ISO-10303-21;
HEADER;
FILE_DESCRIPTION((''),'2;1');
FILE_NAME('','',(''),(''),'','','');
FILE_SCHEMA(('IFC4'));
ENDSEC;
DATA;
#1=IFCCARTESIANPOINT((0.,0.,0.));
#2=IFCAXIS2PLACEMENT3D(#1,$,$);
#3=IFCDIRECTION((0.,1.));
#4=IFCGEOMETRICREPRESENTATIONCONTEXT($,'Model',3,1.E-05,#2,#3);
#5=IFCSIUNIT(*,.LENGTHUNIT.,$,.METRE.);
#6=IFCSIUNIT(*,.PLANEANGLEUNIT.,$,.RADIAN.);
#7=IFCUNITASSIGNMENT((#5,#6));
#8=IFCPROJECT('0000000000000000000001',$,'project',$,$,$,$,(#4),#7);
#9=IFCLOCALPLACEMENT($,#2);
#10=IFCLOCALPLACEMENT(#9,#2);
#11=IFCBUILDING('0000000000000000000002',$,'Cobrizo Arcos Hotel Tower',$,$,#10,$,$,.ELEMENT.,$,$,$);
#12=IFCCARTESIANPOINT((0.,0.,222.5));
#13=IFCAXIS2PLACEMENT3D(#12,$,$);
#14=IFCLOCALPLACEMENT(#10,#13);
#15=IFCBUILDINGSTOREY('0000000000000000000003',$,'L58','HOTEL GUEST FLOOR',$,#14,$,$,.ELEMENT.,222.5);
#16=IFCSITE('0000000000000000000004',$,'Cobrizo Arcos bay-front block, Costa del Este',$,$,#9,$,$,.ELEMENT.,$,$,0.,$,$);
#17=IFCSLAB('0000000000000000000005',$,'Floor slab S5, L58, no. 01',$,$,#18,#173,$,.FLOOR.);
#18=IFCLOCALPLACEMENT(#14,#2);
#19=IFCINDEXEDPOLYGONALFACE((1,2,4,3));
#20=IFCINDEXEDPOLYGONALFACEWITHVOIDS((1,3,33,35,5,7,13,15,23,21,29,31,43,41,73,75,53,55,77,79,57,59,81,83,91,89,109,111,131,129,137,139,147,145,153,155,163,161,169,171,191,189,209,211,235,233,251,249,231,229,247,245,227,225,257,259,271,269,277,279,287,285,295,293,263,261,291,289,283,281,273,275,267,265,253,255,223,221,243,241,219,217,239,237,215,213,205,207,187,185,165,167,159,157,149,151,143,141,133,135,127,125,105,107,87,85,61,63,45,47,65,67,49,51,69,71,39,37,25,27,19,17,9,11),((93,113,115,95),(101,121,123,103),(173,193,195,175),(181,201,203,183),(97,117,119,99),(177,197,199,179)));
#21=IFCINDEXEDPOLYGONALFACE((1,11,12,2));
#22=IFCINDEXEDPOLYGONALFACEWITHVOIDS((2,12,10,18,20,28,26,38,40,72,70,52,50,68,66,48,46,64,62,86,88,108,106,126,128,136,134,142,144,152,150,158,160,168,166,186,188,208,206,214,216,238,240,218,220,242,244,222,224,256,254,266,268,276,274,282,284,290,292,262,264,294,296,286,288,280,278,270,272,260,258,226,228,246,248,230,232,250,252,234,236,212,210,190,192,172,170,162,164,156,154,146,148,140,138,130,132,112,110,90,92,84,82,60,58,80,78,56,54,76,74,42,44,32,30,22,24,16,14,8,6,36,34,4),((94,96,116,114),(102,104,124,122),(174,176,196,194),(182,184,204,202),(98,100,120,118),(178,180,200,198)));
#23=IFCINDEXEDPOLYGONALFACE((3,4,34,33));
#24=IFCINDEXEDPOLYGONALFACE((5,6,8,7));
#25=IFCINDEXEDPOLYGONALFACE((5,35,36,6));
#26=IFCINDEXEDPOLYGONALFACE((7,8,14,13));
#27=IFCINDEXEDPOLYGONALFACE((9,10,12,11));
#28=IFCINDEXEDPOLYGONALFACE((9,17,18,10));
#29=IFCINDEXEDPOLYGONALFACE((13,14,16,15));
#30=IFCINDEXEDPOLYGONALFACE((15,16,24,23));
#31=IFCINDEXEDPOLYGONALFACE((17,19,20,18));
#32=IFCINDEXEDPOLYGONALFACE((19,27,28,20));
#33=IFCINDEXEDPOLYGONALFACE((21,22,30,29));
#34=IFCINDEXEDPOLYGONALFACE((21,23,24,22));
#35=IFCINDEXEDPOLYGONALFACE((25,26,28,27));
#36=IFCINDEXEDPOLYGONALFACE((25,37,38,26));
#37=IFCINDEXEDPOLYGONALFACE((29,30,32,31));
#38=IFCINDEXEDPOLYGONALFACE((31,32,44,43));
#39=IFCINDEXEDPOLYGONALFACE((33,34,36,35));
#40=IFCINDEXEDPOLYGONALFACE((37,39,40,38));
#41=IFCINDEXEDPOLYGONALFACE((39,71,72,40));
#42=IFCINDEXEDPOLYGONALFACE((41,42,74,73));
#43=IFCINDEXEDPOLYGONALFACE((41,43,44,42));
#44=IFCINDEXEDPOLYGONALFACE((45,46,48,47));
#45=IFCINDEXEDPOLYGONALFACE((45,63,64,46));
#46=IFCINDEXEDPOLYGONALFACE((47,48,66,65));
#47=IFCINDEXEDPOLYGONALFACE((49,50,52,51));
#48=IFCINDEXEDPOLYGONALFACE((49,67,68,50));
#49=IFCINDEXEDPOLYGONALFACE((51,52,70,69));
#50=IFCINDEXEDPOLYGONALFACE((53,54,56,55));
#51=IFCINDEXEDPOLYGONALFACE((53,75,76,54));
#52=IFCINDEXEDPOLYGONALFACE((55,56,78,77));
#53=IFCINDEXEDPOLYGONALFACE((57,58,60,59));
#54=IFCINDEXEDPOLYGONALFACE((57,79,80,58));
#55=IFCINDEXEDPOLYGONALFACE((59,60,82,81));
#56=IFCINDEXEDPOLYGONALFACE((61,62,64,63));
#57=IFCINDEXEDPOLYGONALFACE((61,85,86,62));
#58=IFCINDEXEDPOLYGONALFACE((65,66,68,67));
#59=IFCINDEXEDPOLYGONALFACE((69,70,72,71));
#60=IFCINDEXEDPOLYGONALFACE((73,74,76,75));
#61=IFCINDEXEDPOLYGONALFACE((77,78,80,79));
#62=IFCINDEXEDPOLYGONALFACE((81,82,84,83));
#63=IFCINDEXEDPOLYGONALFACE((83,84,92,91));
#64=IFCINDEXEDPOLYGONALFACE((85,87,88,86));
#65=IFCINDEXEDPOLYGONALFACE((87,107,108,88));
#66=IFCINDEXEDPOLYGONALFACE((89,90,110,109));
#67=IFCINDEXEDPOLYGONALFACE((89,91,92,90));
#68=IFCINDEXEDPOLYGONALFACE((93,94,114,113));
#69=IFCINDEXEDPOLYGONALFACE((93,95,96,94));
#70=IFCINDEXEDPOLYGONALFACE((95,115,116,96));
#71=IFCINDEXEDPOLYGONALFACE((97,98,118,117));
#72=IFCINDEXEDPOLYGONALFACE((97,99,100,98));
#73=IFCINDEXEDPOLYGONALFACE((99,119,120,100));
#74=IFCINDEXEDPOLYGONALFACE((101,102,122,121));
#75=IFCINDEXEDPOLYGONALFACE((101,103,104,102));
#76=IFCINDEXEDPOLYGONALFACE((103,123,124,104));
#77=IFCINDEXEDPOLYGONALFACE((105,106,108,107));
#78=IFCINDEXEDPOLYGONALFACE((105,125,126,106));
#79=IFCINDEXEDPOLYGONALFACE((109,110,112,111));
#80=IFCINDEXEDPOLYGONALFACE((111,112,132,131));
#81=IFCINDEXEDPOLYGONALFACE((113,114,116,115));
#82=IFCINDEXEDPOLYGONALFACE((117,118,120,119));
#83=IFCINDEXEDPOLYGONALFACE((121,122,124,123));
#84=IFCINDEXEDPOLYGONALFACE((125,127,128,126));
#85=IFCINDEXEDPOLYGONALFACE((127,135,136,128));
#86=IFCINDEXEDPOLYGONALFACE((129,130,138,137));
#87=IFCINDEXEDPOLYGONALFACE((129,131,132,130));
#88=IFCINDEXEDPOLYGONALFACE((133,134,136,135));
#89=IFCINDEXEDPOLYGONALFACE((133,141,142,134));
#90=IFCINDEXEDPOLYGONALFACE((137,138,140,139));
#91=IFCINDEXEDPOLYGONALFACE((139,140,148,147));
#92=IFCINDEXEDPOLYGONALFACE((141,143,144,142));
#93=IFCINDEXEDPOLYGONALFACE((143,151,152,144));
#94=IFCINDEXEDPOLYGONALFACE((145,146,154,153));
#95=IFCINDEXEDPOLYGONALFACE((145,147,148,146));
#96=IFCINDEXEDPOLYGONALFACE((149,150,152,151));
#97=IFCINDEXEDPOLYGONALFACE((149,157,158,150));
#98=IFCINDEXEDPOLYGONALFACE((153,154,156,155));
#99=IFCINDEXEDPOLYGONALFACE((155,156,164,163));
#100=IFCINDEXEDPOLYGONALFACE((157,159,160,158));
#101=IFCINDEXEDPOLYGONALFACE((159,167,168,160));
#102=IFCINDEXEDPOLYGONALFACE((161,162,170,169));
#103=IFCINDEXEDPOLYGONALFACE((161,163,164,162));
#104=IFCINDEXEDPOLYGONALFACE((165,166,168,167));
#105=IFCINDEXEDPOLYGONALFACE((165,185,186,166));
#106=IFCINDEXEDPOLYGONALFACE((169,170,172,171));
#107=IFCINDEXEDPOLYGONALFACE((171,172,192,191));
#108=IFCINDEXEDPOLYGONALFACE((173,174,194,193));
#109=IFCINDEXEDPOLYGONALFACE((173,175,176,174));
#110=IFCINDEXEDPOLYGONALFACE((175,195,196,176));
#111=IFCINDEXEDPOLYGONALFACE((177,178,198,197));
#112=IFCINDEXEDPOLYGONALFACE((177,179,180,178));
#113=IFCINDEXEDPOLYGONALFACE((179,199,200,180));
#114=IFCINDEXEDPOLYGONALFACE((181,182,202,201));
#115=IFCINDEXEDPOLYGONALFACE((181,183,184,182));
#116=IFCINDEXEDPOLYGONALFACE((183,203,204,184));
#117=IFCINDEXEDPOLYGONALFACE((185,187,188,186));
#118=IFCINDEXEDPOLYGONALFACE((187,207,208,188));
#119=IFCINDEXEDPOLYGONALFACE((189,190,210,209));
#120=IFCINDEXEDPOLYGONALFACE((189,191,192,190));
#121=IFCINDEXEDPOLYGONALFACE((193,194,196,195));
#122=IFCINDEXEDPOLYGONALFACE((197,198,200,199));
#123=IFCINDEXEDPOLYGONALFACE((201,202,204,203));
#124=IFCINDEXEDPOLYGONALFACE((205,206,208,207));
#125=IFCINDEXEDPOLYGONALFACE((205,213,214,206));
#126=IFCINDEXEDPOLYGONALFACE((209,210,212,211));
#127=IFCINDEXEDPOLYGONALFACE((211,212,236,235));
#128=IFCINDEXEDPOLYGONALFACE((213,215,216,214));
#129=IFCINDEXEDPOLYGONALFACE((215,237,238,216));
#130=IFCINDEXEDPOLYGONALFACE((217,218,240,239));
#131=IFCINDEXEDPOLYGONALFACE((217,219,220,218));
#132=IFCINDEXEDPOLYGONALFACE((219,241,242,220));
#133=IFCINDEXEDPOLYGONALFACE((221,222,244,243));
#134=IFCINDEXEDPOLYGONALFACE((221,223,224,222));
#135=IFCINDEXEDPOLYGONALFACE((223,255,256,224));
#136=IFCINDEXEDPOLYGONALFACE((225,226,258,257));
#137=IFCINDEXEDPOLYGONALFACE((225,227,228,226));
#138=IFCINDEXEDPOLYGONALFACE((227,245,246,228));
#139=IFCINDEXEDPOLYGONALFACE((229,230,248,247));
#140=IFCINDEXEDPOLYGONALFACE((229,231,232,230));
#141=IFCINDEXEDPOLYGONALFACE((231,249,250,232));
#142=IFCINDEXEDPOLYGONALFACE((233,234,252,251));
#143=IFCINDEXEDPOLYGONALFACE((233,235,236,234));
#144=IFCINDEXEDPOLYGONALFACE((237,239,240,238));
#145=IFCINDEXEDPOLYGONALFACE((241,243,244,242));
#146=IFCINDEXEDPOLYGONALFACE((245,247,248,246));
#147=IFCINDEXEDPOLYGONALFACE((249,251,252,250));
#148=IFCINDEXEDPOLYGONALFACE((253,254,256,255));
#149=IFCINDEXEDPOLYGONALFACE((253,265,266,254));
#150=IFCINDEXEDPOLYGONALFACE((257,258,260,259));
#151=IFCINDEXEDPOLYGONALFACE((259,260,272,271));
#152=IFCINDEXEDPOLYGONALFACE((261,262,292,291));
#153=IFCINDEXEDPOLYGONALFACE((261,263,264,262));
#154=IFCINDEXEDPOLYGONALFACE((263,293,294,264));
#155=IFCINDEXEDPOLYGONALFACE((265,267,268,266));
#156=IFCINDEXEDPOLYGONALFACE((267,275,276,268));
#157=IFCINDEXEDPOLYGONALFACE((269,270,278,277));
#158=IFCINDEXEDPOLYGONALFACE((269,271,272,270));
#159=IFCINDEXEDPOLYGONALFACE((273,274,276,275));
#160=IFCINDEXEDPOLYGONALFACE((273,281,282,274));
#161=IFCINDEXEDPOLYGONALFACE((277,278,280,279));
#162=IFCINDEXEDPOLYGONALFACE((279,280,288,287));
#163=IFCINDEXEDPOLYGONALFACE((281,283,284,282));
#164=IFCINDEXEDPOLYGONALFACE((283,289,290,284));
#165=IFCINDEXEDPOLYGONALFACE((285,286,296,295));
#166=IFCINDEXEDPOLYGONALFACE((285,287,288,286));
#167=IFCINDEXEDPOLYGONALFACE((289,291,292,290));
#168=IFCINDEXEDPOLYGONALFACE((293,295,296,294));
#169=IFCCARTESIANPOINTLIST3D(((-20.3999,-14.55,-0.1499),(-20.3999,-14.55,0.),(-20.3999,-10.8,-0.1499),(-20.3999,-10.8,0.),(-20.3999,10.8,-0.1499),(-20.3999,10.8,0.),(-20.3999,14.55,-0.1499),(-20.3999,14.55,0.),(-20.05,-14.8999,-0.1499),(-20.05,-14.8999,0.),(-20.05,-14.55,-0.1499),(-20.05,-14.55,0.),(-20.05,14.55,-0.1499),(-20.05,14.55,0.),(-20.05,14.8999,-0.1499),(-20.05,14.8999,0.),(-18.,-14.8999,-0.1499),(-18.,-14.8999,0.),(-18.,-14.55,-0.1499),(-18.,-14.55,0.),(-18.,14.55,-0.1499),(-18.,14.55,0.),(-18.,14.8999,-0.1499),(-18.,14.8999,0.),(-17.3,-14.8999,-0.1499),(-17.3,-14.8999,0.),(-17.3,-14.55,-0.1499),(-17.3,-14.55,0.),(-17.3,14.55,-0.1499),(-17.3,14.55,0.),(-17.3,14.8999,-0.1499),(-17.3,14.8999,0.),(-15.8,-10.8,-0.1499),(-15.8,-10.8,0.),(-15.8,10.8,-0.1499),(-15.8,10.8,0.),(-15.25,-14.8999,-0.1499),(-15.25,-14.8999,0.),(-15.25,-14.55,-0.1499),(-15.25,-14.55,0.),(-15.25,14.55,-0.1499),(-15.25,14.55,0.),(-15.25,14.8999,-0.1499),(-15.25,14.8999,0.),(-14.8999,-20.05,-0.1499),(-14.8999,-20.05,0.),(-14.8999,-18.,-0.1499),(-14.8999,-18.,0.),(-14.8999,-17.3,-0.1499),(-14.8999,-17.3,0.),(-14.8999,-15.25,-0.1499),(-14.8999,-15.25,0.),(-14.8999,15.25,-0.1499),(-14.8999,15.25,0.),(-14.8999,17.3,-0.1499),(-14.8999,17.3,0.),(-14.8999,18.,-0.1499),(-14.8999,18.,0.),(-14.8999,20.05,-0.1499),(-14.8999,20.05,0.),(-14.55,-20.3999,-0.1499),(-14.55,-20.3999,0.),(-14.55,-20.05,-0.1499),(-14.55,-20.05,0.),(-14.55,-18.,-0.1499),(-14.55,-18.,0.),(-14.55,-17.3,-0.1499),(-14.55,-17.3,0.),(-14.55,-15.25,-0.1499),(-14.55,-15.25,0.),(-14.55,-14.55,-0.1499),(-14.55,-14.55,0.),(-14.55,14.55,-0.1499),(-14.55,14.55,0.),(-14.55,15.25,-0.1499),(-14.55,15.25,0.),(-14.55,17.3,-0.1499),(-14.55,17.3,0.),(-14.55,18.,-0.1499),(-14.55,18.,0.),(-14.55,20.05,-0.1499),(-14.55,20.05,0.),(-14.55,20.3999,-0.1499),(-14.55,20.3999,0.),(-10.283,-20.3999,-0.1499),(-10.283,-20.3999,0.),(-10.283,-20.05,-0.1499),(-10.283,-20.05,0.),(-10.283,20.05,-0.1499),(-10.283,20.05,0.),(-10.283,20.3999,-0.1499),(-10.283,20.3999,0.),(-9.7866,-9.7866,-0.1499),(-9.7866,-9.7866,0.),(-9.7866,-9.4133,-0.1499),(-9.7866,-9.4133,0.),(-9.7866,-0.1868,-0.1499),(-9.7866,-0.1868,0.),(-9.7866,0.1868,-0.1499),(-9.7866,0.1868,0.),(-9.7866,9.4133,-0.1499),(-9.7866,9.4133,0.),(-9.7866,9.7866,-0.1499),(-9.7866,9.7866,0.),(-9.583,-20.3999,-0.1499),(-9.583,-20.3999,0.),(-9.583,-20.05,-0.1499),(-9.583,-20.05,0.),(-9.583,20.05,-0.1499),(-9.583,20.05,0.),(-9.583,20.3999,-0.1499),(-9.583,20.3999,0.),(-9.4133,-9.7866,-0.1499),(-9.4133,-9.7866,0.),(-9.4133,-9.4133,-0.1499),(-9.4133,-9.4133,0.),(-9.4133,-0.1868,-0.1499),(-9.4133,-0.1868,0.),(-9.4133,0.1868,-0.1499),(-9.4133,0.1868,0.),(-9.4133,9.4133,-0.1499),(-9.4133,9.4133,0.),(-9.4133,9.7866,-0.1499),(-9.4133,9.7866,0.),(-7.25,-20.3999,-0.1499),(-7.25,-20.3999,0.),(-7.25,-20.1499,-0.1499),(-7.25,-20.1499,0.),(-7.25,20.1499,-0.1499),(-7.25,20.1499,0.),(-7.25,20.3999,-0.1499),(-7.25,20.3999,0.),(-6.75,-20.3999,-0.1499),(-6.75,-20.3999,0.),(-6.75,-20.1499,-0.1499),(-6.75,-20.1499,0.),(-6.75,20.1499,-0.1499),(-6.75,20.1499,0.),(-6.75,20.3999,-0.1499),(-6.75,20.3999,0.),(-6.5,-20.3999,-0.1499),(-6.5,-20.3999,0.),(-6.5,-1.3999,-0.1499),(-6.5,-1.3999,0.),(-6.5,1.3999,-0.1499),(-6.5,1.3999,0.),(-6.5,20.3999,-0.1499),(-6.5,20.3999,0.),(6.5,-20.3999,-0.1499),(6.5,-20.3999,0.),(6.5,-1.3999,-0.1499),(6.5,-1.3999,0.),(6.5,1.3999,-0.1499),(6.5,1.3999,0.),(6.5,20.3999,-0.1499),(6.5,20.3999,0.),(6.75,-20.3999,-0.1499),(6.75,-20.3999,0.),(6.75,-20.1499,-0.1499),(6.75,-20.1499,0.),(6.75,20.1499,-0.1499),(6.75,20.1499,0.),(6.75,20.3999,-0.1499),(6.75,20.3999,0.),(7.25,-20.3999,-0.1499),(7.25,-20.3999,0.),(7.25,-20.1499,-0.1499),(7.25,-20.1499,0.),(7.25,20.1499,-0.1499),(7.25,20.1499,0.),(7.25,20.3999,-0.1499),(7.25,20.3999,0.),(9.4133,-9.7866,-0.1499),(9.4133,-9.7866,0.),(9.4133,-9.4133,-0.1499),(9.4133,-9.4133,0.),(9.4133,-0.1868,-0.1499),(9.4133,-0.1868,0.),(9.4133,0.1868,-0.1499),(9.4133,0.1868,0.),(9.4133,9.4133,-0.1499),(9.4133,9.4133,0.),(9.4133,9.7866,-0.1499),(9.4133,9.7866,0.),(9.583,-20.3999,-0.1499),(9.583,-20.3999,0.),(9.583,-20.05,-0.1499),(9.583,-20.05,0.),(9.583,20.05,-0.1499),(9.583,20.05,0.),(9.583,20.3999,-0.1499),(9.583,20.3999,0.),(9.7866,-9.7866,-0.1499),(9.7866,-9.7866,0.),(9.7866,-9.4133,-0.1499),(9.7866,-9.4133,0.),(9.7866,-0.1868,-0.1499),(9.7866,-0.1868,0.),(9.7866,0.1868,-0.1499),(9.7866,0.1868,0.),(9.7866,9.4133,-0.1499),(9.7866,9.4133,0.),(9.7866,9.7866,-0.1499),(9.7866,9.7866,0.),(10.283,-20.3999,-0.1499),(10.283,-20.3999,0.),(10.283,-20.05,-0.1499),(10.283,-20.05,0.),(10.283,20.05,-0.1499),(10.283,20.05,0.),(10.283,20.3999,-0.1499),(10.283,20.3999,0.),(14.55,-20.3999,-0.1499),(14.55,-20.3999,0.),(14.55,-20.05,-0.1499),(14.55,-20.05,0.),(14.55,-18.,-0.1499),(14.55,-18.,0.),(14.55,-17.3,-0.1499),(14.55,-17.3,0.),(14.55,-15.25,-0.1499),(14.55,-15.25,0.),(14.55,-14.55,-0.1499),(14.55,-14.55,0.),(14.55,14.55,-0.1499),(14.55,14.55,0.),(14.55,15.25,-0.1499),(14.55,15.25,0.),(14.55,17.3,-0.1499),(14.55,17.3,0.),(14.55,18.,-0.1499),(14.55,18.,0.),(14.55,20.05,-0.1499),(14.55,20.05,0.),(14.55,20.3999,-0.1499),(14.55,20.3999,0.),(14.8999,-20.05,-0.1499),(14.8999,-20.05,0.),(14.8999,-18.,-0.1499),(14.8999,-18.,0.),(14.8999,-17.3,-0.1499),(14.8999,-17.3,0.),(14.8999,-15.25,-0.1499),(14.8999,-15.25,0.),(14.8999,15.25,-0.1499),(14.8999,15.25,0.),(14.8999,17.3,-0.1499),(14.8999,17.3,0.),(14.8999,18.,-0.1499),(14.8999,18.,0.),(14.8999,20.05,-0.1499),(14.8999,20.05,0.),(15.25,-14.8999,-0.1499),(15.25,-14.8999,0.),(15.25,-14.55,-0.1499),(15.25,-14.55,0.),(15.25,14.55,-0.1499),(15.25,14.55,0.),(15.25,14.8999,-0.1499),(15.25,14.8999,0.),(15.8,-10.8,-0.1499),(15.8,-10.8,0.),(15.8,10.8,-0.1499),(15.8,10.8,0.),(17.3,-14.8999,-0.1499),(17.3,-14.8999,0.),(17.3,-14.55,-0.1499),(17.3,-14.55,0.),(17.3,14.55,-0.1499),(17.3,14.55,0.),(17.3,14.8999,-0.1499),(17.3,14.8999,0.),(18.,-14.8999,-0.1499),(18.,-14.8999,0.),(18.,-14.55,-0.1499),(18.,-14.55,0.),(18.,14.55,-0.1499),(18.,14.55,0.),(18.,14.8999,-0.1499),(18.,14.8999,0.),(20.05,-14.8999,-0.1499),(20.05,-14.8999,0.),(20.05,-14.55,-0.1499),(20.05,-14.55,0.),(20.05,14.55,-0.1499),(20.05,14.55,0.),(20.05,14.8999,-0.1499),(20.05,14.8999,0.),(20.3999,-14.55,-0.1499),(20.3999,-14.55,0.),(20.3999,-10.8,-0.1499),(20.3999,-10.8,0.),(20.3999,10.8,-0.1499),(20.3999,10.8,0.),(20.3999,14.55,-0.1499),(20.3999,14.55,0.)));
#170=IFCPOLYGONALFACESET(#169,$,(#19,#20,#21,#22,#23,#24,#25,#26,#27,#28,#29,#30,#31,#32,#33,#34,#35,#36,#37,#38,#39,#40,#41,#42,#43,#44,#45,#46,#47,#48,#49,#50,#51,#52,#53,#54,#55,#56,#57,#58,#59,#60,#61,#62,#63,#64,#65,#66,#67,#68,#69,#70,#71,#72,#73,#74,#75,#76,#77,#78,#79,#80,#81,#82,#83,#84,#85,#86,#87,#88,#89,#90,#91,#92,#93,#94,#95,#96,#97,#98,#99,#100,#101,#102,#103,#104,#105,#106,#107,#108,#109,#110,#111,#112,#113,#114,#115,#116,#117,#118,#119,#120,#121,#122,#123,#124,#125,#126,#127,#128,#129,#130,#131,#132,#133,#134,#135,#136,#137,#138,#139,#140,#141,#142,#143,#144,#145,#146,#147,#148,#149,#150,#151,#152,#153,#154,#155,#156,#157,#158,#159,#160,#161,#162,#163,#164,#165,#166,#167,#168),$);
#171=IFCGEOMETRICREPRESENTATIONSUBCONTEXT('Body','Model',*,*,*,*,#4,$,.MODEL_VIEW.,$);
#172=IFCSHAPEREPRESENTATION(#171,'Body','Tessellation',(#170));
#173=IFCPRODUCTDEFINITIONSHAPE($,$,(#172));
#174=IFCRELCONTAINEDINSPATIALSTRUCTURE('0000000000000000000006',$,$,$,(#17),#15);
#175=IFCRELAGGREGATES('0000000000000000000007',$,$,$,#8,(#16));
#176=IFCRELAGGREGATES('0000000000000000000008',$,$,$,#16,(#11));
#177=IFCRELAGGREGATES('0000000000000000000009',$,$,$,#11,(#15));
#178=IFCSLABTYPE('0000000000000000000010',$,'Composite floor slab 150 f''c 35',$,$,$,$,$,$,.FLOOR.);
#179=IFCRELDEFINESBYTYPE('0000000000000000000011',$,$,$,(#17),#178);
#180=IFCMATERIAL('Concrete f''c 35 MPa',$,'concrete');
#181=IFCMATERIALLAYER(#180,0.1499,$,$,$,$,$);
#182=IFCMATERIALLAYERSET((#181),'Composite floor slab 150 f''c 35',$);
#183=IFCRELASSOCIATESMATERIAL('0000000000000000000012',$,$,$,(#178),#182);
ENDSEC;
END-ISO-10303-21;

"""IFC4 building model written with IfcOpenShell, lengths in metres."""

from ifc_helpers import new_model, si_unit, direction, frame, origin, place, context, subcontext, project, spatial, polyline, outline, extrude, material, layer, layer_set, type_object, element, save


model = new_model("IFC4")

# Units and contexts
model_context = context("Model", 3, precision=1e-05, world=origin(), true_north=direction((0.0, 1.0)))
body_context = subcontext(model_context, "Body", "Model", "MODEL_VIEW")
ifc_project = project(units=[si_unit("LENGTHUNIT", "METRE"), si_unit("PLANEANGLEUNIT", "RADIAN")], contexts=[model_context])

# Site, building, storey
site_placement = place(None, origin())
site = spatial("IfcSite", under=ifc_project, at=site_placement, Name="Cobrizo Arcos bay-front block, Costa del Este", CompositionType="ELEMENT", RefElevation=0.0)
building_placement = place(site_placement, origin())
building = spatial("IfcBuilding", under=site, at=building_placement, Name="Cobrizo Arcos Hotel Tower", CompositionType="ELEMENT")
storey_placement = place(building_placement, frame((0.0, 0.0, 222.5)))
storey = spatial("IfcBuildingStorey", under=building, at=storey_placement, Name="L58", Description="HOTEL GUEST FLOOR", CompositionType="ELEMENT", Elevation=222.5)

# Slab
ifc_material_1 = material(Name="Concrete f'c 35 MPa", Category="concrete")
ifc_layer_1 = layer(ifc_material_1, 0.1499)
ifc_layer_set_1 = layer_set([ifc_layer_1], Name="Composite floor slab 150 f'c 35")
slab_type_1 = type_object("IfcSlabType", Name="Composite floor slab 150 f'c 35", PredefinedType="FLOOR", material=ifc_layer_set_1)
slab_1_placement = place(storey_placement, frame((0.0, 0.0, -0.1499)))
element("IfcSlab", 1, at=slab_1_placement, inside=storey, type_object=slab_type_1, Name="Floor slab S5, L58, no. 01", PredefinedType="FLOOR", context=body_context, shape_type="SweptSolid", body=[
    extrude(outline(polyline([(17.3, 14.8999), (17.3, 14.55), (18.0, 14.55), (18.0, 14.8999), (20.05, 14.8999), (20.05, 14.55), (20.3999, 14.55), (20.3999, 10.8), (15.8, 10.8), (15.8, -10.8), (20.3999, -10.8), (20.3999, -14.55), (20.05, -14.55), (20.05, -14.8999), (18.0, -14.8999), (18.0, -14.55), (17.3, -14.55), (17.3, -14.8999), (15.25, -14.8999), (15.25, -14.55), (14.55, -14.55), (14.55, -15.25), (14.8999, -15.25), (14.8999, -17.3), (14.55, -17.3), (14.55, -18.0), (14.8999, -18.0), (14.8999, -20.05), (14.55, -20.05), (14.55, -20.3999), (10.283, -20.3999), (10.283, -20.05), (9.583, -20.05), (9.583, -20.3999), (7.25, -20.3999), (7.25, -20.1499), (6.75, -20.1499), (6.75, -20.3999), (6.5, -20.3999), (6.5, -1.3999), (-6.5, -1.3999), (-6.5, -20.3999), (-6.75, -20.3999), (-6.75, -20.1499), (-7.25, -20.1499), (-7.25, -20.3999), (-9.583, -20.3999), (-9.583, -20.05), (-10.283, -20.05), (-10.283, -20.3999), (-14.55, -20.3999), (-14.55, -20.05), (-14.8999, -20.05), (-14.8999, -18.0), (-14.55, -18.0), (-14.55, -17.3), (-14.8999, -17.3), (-14.8999, -15.25), (-14.55, -15.25), (-14.55, -14.55), (-15.25, -14.55), (-15.25, -14.8999), (-17.3, -14.8999), (-17.3, -14.55), (-18.0, -14.55), (-18.0, -14.8999), (-20.05, -14.8999), (-20.05, -14.55), (-20.3999, -14.55), (-20.3999, -10.8), (-15.8, -10.8), (-15.8, 10.8), (-20.3999, 10.8), (-20.3999, 14.55), (-20.05, 14.55), (-20.05, 14.8999), (-18.0, 14.8999), (-18.0, 14.55), (-17.3, 14.55), (-17.3, 14.8999), (-15.25, 14.8999), (-15.25, 14.55), (-14.55, 14.55), (-14.55, 15.25), (-14.8999, 15.25), (-14.8999, 17.3), (-14.55, 17.3), (-14.55, 18.0), (-14.8999, 18.0), (-14.8999, 20.05), (-14.55, 20.05), (-14.55, 20.3999), (-10.283, 20.3999), (-10.283, 20.05), (-9.583, 20.05), (-9.583, 20.3999), (-7.25, 20.3999), (-7.25, 20.1499), (-6.75, 20.1499), (-6.75, 20.3999), (-6.5, 20.3999), (-6.5, 1.3999), (6.5, 1.3999), (6.5, 20.3999), (6.75, 20.3999), (6.75, 20.1499), (7.25, 20.1499), (7.25, 20.3999), (9.583, 20.3999), (9.583, 20.05), (10.283, 20.05), (10.283, 20.3999), (14.55, 20.3999), (14.55, 20.05), (14.8999, 20.05), (14.8999, 18.0), (14.55, 18.0), (14.55, 17.3), (14.8999, 17.3), (14.8999, 15.25), (14.55, 15.25), (14.55, 14.55), (15.25, 14.55), (15.25, 14.8999), (17.3, 14.8999)]), holes=[polyline([(-9.7866, -9.7866), (-9.4133, -9.7866), (-9.4133, -9.4133), (-9.7866, -9.4133), (-9.7866, -9.7866)]), polyline([(-9.4133, -0.1868), (-9.4133, 0.1868), (-9.7866, 0.1868), (-9.7866, -0.1868), (-9.4133, -0.1868)]), polyline([(-9.4133, 9.4133), (-9.4133, 9.7866), (-9.7866, 9.7866), (-9.7866, 9.4133), (-9.4133, 9.4133)]), polyline([(9.4133, -9.7866), (9.7866, -9.7866), (9.7866, -9.4133), (9.4133, -9.4133), (9.4133, -9.7866)]), polyline([(9.4133, -0.1868), (9.7866, -0.1868), (9.7866, 0.1868), (9.4133, 0.1868), (9.4133, -0.1868)]), polyline([(9.7866, 9.4133), (9.7866, 9.7866), (9.4133, 9.7866), (9.4133, 9.4133), (9.7866, 9.4133)])]), origin(), (0.0, 0.0, 1.0), 0.1499),
])

save(model, "model.ifc")
